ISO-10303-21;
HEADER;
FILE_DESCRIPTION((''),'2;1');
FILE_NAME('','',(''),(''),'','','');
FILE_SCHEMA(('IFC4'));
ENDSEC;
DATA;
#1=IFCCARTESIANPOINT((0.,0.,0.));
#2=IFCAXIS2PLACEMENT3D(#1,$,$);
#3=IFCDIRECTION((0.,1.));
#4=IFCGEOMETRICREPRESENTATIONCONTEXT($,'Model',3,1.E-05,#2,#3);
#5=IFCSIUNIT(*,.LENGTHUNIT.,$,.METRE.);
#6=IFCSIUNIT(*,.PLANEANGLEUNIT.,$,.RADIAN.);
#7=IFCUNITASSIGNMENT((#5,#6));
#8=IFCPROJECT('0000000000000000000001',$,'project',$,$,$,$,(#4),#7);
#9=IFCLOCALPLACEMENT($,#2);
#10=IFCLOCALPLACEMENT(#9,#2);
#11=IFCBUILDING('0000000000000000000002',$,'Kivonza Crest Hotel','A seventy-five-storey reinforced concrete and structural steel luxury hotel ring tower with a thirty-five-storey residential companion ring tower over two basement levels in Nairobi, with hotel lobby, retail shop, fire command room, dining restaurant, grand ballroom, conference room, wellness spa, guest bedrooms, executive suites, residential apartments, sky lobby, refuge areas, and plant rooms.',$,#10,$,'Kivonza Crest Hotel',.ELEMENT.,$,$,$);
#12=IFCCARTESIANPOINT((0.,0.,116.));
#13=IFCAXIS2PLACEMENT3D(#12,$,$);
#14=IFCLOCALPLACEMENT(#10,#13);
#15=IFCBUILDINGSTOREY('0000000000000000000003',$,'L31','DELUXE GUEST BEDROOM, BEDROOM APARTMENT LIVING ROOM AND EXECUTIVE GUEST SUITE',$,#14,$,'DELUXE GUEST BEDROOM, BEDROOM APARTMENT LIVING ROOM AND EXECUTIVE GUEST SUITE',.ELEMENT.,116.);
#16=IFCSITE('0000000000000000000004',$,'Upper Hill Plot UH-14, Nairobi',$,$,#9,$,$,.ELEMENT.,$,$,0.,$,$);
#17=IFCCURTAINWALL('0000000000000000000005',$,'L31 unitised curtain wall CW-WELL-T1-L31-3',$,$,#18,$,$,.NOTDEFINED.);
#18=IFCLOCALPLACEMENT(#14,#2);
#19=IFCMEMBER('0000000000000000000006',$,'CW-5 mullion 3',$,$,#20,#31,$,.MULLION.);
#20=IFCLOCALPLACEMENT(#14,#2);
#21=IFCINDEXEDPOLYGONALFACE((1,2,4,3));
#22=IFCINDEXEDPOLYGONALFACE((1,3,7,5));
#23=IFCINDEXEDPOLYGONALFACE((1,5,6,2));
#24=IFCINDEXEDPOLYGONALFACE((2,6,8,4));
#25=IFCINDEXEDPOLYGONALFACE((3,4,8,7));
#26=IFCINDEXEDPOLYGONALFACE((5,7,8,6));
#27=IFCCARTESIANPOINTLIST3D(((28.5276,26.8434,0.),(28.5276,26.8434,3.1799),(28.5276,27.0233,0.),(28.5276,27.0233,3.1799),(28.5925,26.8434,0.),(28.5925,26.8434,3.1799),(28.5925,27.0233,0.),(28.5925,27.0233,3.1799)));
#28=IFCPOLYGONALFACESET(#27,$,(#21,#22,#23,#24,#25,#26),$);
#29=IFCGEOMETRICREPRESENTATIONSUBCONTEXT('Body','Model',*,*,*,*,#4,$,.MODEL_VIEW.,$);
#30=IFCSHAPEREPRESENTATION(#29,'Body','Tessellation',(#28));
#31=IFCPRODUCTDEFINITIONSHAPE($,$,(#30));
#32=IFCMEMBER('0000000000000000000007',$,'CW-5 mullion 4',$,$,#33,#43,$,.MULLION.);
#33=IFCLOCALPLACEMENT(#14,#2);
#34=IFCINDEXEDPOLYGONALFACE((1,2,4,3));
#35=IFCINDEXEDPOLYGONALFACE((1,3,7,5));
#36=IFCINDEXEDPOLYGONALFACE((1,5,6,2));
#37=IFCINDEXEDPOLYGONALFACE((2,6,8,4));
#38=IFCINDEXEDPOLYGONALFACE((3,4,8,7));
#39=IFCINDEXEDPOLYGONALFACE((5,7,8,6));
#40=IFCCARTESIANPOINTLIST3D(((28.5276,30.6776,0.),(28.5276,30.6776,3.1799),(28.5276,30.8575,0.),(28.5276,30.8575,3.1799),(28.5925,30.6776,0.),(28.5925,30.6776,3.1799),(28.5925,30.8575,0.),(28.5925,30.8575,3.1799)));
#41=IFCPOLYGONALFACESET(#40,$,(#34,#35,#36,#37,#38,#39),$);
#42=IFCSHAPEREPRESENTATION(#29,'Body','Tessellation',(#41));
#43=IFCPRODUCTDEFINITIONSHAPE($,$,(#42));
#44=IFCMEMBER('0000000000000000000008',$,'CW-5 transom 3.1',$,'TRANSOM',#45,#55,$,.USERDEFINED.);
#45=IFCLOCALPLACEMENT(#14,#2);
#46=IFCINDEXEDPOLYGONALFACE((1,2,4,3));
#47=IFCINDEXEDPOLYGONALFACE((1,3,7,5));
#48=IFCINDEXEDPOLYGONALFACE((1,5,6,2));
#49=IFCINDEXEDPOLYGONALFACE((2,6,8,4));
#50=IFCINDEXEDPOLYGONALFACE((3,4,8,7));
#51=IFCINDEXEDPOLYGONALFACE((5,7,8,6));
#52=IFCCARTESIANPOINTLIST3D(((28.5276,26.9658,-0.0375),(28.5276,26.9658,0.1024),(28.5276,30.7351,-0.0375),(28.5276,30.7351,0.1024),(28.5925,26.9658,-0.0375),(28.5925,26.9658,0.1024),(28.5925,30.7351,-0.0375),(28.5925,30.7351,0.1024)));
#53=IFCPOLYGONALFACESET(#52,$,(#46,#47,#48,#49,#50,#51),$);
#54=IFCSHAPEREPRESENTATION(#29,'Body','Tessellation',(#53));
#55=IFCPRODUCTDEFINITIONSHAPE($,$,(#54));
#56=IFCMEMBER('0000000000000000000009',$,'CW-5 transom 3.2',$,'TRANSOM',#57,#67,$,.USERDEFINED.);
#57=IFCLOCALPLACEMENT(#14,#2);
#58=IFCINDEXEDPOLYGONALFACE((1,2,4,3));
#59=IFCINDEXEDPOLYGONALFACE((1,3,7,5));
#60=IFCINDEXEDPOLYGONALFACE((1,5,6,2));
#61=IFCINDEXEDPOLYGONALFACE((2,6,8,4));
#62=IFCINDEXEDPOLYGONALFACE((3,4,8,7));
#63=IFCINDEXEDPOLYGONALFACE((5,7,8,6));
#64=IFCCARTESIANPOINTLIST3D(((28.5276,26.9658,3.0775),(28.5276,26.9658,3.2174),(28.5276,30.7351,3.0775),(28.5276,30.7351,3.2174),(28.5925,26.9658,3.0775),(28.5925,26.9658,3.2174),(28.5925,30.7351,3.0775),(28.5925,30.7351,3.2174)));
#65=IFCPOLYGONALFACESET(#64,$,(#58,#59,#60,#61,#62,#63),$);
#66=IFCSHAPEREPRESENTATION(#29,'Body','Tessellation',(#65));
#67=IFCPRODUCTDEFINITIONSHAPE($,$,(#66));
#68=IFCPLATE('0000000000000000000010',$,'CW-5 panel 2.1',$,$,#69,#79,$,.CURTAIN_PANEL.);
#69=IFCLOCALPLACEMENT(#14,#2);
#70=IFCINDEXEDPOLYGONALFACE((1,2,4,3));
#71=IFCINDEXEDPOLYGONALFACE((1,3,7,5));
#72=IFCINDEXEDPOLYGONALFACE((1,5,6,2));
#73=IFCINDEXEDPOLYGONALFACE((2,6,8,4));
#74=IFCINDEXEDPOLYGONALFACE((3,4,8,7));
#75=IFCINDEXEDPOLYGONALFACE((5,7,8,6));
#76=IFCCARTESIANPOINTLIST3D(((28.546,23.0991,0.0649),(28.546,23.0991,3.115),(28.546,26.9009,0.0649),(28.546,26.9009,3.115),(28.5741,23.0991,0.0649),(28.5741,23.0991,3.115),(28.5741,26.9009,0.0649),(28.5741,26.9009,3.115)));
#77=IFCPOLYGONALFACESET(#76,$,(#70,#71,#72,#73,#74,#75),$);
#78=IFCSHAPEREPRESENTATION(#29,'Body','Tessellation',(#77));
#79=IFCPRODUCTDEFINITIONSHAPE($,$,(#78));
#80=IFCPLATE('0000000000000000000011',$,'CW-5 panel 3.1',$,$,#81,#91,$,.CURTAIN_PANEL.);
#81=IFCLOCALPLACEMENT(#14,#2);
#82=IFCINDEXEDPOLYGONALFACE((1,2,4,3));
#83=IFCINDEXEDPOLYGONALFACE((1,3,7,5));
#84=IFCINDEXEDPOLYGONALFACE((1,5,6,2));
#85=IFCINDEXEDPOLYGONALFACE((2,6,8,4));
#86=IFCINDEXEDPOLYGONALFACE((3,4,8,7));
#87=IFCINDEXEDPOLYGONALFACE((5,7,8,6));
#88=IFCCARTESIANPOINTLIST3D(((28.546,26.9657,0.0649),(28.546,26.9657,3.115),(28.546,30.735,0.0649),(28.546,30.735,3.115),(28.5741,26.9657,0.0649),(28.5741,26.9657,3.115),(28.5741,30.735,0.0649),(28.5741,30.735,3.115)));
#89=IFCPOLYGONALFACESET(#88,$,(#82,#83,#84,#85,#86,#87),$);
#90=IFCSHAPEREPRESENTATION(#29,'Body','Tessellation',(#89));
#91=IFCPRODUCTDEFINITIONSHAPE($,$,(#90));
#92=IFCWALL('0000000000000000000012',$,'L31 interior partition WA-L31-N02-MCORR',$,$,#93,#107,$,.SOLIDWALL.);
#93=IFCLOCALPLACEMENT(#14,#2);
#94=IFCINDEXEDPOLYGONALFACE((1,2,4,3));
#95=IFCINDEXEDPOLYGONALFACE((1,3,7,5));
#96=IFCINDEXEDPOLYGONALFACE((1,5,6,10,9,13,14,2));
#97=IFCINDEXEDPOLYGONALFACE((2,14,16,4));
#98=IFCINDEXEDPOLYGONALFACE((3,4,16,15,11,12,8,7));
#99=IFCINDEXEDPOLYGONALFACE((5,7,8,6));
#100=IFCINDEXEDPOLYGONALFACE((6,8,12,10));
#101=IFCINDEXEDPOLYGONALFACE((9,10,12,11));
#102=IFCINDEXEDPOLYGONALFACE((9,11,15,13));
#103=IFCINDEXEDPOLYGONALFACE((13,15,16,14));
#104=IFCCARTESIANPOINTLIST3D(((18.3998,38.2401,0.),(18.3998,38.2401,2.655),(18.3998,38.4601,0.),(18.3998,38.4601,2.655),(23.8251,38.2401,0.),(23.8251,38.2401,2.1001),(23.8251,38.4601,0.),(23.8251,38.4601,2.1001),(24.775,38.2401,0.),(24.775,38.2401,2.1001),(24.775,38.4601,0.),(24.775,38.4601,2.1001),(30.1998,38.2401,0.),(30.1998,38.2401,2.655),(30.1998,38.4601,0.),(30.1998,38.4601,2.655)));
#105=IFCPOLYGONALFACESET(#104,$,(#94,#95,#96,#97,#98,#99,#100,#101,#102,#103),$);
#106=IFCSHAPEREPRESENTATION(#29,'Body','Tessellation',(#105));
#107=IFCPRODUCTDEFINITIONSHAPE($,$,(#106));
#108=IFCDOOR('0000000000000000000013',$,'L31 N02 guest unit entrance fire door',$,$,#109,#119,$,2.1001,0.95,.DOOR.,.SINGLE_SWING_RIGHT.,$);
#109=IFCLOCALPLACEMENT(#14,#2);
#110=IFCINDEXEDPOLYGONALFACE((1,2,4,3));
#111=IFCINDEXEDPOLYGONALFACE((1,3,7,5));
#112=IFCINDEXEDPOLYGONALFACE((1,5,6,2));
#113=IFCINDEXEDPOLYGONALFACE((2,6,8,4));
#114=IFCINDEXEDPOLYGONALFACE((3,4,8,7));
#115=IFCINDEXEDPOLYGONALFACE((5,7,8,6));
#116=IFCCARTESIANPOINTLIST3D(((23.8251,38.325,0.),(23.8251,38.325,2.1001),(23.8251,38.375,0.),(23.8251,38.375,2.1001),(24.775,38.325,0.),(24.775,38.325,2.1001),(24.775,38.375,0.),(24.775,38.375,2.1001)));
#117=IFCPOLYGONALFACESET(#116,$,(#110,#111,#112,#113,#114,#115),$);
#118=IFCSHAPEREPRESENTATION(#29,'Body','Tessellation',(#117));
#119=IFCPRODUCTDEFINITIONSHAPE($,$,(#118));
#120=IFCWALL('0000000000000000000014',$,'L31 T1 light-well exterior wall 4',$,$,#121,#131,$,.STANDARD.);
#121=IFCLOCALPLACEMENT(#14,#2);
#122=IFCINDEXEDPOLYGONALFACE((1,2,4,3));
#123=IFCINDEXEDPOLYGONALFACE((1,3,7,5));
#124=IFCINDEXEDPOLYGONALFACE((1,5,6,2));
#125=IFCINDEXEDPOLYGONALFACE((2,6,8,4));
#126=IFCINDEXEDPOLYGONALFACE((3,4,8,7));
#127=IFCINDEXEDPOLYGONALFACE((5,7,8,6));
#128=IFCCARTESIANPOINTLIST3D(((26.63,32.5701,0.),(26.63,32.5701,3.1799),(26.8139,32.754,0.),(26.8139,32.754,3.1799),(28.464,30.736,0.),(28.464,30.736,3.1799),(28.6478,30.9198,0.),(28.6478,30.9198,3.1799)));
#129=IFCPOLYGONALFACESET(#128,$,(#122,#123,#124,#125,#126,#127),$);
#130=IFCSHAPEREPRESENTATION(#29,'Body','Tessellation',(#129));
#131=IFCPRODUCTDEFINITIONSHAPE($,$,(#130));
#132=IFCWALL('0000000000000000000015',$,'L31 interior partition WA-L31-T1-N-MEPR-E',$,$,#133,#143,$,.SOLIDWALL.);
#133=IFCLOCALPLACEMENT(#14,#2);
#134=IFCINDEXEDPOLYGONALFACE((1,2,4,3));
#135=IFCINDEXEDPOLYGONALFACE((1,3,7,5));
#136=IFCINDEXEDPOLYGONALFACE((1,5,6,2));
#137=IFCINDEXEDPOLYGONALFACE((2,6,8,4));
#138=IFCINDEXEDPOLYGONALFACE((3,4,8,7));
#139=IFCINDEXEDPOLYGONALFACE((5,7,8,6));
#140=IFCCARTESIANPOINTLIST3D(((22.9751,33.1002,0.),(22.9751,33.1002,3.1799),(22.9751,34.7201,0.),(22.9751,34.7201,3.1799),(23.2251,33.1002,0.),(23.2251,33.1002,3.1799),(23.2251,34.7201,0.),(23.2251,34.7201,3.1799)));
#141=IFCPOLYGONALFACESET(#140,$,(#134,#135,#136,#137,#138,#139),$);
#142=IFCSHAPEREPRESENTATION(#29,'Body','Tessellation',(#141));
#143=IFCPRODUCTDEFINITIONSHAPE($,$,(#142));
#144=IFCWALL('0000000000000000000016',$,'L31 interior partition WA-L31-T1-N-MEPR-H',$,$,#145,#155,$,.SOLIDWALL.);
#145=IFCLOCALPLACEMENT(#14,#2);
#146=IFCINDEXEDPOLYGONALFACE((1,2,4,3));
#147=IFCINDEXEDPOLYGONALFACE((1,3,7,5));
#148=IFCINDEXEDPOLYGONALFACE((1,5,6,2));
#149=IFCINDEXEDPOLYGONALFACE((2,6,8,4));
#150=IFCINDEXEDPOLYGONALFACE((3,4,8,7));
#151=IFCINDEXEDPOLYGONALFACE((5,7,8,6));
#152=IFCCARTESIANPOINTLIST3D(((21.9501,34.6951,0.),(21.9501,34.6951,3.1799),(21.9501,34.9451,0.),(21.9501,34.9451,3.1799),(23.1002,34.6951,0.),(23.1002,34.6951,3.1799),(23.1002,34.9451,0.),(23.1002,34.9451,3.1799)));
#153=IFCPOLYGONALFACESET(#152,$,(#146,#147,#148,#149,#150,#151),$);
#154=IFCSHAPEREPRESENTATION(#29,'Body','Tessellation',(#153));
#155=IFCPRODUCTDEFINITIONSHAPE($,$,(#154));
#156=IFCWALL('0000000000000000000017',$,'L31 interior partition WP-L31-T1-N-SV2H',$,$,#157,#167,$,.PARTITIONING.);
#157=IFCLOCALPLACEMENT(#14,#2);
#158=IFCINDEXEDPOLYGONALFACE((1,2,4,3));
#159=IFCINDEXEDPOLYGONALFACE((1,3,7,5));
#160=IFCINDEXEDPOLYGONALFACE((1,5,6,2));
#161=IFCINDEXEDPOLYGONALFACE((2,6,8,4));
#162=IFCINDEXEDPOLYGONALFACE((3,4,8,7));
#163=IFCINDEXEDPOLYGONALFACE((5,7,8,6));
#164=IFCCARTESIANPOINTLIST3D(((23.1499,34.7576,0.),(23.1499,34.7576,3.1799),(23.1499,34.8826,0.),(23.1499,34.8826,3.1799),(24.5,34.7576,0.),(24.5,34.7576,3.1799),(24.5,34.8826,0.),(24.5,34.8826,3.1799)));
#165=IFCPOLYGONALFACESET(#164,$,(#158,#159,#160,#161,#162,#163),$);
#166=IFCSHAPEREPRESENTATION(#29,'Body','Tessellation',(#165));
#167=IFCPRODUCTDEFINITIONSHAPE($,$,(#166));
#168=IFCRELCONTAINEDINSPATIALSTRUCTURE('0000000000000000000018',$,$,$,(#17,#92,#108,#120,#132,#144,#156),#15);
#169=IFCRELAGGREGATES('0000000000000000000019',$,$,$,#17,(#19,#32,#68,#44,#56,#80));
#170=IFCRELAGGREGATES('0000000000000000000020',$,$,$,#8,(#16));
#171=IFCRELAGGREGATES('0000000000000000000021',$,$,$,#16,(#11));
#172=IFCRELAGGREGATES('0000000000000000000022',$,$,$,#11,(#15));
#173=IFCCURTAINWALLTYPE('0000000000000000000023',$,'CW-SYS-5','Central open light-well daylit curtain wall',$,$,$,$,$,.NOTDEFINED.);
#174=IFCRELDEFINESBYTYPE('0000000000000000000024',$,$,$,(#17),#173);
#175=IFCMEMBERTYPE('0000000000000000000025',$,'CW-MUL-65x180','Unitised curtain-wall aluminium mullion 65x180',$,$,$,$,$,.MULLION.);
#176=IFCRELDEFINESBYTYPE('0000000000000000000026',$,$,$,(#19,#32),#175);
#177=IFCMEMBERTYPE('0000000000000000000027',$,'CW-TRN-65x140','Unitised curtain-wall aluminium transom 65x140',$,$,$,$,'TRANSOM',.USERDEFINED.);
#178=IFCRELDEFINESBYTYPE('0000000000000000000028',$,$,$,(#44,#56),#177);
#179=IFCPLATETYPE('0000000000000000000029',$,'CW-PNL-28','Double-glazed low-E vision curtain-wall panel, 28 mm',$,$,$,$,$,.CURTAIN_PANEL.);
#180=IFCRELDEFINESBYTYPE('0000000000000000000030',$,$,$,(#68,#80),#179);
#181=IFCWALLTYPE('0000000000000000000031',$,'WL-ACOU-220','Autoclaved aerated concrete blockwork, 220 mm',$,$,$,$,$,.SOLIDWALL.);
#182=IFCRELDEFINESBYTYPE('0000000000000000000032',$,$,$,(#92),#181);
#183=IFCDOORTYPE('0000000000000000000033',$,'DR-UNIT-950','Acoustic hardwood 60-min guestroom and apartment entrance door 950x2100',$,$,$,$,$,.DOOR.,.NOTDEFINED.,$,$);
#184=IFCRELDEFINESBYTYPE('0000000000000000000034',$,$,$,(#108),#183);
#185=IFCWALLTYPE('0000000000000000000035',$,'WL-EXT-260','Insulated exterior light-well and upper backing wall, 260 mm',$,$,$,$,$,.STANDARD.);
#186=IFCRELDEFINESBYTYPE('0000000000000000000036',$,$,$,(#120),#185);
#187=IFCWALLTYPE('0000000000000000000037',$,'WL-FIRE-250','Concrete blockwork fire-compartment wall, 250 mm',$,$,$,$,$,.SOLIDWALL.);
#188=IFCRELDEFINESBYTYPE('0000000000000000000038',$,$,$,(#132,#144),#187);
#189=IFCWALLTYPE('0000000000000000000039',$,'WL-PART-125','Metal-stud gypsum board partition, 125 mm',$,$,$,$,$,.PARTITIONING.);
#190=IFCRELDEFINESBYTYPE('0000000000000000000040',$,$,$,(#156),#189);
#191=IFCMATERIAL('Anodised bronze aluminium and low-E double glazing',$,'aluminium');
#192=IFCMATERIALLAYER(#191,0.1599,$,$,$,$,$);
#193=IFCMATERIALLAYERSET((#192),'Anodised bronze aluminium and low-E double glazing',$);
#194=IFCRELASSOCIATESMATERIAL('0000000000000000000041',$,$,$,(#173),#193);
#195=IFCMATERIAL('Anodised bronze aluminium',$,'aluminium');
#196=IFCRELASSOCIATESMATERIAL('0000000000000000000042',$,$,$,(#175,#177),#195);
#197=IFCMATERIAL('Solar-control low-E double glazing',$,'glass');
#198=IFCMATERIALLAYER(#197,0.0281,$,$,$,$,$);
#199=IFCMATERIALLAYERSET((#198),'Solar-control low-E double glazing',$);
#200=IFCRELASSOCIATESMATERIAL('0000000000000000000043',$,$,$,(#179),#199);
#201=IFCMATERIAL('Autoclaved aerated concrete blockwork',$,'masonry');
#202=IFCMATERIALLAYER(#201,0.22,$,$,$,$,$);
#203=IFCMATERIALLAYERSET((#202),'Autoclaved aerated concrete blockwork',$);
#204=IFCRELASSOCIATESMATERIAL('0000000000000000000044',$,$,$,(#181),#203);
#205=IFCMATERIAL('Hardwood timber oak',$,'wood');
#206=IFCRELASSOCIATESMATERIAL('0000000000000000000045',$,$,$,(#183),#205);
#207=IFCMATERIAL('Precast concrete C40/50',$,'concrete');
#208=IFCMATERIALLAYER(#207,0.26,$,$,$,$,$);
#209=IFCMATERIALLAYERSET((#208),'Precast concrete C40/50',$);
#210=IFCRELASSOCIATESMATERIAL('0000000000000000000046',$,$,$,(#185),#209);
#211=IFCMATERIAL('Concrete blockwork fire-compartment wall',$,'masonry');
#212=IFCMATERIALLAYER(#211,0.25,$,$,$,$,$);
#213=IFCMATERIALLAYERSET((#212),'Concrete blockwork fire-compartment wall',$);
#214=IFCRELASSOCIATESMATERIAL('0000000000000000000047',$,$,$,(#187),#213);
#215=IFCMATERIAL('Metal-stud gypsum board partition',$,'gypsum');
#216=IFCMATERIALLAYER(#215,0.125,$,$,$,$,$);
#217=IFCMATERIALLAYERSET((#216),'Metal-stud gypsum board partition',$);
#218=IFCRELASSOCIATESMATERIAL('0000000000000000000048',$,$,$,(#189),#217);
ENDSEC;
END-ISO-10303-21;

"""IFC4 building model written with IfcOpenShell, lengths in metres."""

from ifc_helpers import new_model, si_unit, direction, frame, frame_2d, origin, origin_2d, place, context, subcontext, project, spatial, rectangle, extrude, material, layer, layer_set, material_profile, profile_set, type_object, element, fill, aggregate, save


model = new_model("IFC4")

# Units and contexts
model_context = context("Model", 3, precision=1e-05, world=origin(), true_north=direction((0.0, 1.0)))
body_context = subcontext(model_context, "Body", "Model", "MODEL_VIEW")
ifc_project = project(units=[si_unit("LENGTHUNIT", "METRE"), si_unit("PLANEANGLEUNIT", "RADIAN")], contexts=[model_context])

# Site, building, storey
site_placement = place(None, origin())
site = spatial("IfcSite", under=ifc_project, at=site_placement, Name="Upper Hill Plot UH-14, Nairobi", CompositionType="ELEMENT", RefElevation=0.0)
building_placement = place(site_placement, origin())
building = spatial("IfcBuilding", under=site, at=building_placement, Name="Kivonza Crest Hotel", Description="A seventy-five-storey reinforced concrete and structural steel luxury hotel ring tower with a thirty-five-storey residential companion ring tower over two basement levels in Nairobi, with hotel lobby, retail shop, fire command room, dining restaurant, grand ballroom, conference room, wellness spa, guest bedrooms, executive suites, residential apartments, sky lobby, refuge areas, and plant rooms.", LongName="Kivonza Crest Hotel", CompositionType="ELEMENT")
storey_placement = place(building_placement, frame((0.0, 0.0, 116.0)))
storey = spatial("IfcBuildingStorey", under=building, at=storey_placement, Name="L31", Description="DELUXE GUEST BEDROOM, BEDROOM APARTMENT LIVING ROOM AND EXECUTIVE GUEST SUITE", LongName="DELUXE GUEST BEDROOM, BEDROOM APARTMENT LIVING ROOM AND EXECUTIVE GUEST SUITE", CompositionType="ELEMENT", Elevation=116.0)

# Curtain wall, members, plates
ifc_material_1 = material(Name="Anodised bronze aluminium and low-E double glazing", Category="aluminium")
ifc_layer_1 = layer(ifc_material_1, 0.1599)
ifc_layer_set_1 = layer_set([ifc_layer_1], Name="Anodised bronze aluminium and low-E double glazing")
curtain_wall_type = type_object("IfcCurtainWallType", Name="CW-SYS-5", Description="Central open light-well daylit curtain wall", PredefinedType="NOTDEFINED", material=ifc_layer_set_1)
curtain_wall_placement = place(storey_placement, origin())
curtain_wall = element("IfcCurtainWall", 1, at=curtain_wall_placement, inside=storey, type_object=curtain_wall_type, Name="L31 unitised curtain wall CW-WELL-T1-L31-3", PredefinedType="NOTDEFINED")
ifc_material_2 = material(Name="Anodised bronze aluminium", Category="aluminium")
ifc_material_profile_1 = material_profile(ifc_material_2, rectangle(XDim=0.0649, YDim=0.1799, at=origin_2d()), Name="CW-M 65x180")
ifc_profile_set_1 = profile_set([ifc_material_profile_1], Name="Anodised bronze aluminium")
member_type_1 = type_object("IfcMemberType", Name="CW-MUL-65x180", Description="Unitised curtain-wall aluminium mullion 65x180", PredefinedType="MULLION", material=ifc_profile_set_1)
member_1_placement = place(storey_placement, frame((28.5601, 26.9333, 0.0), z_axis=(0.0, 0.0, 1.0), x_axis=(-1.0, 0.0, 0.0)))
member_1 = element("IfcMember", 2, at=member_1_placement, type_object=member_type_1, Name="CW-5 mullion 3", PredefinedType="MULLION", context=body_context, shape_type="SweptSolid", body=[
    extrude(rectangle(XDim=0.0649, YDim=0.1799, at=origin_2d()), origin(), (0.0, 0.0, 1.0), 3.1799),
])
member_2_placement = place(storey_placement, frame((28.5601, 30.7676, 0.0), z_axis=(0.0, 0.0, 1.0), x_axis=(-1.0, 0.0, 0.0)))
member_2 = element("IfcMember", 3, at=member_2_placement, type_object=member_type_1, Name="CW-5 mullion 4", PredefinedType="MULLION", context=body_context, shape_type="SweptSolid", body=[
    extrude(rectangle(XDim=0.0649, YDim=0.1799, at=origin_2d()), origin(), (0.0, 0.0, 1.0), 3.1799),
])
ifc_material_profile_2 = material_profile(ifc_material_2, rectangle(XDim=0.0649, YDim=0.1399, at=origin_2d()), Name="CW-T 65x140")
ifc_profile_set_2 = profile_set([ifc_material_profile_2], Name="Anodised bronze aluminium")
member_type_2 = type_object("IfcMemberType", Name="CW-TRN-65x140", Description="Unitised curtain-wall aluminium transom 65x140", ElementType="TRANSOM", PredefinedType="USERDEFINED", material=ifc_profile_set_2)
member_3_placement = place(storey_placement, frame((28.5601, 26.9658, 0.0325), z_axis=(0.0, 1.0, 0.0), x_axis=(-1.0, 0.0, 0.0)))
member_3 = element("IfcMember", 4, at=member_3_placement, type_object=member_type_2, Name="CW-5 transom 3.1", ObjectType="TRANSOM", PredefinedType="USERDEFINED", context=body_context, shape_type="SweptSolid", body=[
    extrude(rectangle(XDim=0.0649, YDim=0.1399, at=origin_2d()), origin(), (0.0, 0.0, 1.0), 3.7693),
])
member_4_placement = place(storey_placement, frame((28.5601, 26.9658, 3.1475), z_axis=(0.0, 1.0, 0.0), x_axis=(-1.0, 0.0, 0.0)))
member_4 = element("IfcMember", 5, at=member_4_placement, type_object=member_type_2, Name="CW-5 transom 3.2", ObjectType="TRANSOM", PredefinedType="USERDEFINED", context=body_context, shape_type="SweptSolid", body=[
    extrude(rectangle(XDim=0.0649, YDim=0.1399, at=origin_2d()), origin(), (0.0, 0.0, 1.0), 3.7693),
])
ifc_material_3 = material(Name="Solar-control low-E double glazing", Category="glass")
ifc_layer_2 = layer(ifc_material_3, 0.0281)
ifc_layer_set_2 = layer_set([ifc_layer_2], Name="Solar-control low-E double glazing")
plate_type = type_object("IfcPlateType", Name="CW-PNL-28", Description="Double-glazed low-E vision curtain-wall panel, 28 mm", PredefinedType="CURTAIN_PANEL", material=ifc_layer_set_2)
plate_1_placement = place(storey_placement, frame((28.5601, 25.0, 0.0649), z_axis=(0.0, 0.0, 1.0), x_axis=(0.0, 1.0, 0.0)))
plate_1 = element("IfcPlate", 6, at=plate_1_placement, type_object=plate_type, Name="CW-5 panel 2.1", PredefinedType="CURTAIN_PANEL", context=body_context, shape_type="SweptSolid", body=[
    extrude(rectangle(XDim=3.8018, YDim=0.0281, at=origin_2d()), origin(), (0.0, 0.0, 1.0), 3.05),
])
plate_2_placement = place(storey_placement, frame((28.5601, 28.8503, 0.0649), z_axis=(0.0, 0.0, 1.0), x_axis=(0.0, 1.0, 0.0)))
plate_2 = element("IfcPlate", 7, at=plate_2_placement, type_object=plate_type, Name="CW-5 panel 3.1", PredefinedType="CURTAIN_PANEL", context=body_context, shape_type="SweptSolid", body=[
    extrude(rectangle(XDim=3.7693, YDim=0.0281, at=origin_2d()), origin(), (0.0, 0.0, 1.0), 3.05),
])
aggregate(curtain_wall, [member_1, member_2, plate_1, member_3, member_4, plate_2])

# Wall, opening, door
ifc_material_4 = material(Name="Autoclaved aerated concrete blockwork", Category="masonry")
ifc_layer_3 = layer(ifc_material_4, 0.22)
ifc_layer_set_3 = layer_set([ifc_layer_3], Name="Autoclaved aerated concrete blockwork")
wall_type_1 = type_object("IfcWallType", Name="WL-ACOU-220", Description="Autoclaved aerated concrete blockwork, 220 mm", PredefinedType="SOLIDWALL", material=ifc_layer_set_3)
wall_1_placement = place(storey_placement, frame((18.3999, 38.3501, 0.0), z_axis=(0.0, 0.0, 1.0), x_axis=(1.0, 0.0, 0.0)))
wall_1 = element("IfcWall", 8, at=wall_1_placement, inside=storey, type_object=wall_type_1, Name="L31 interior partition WA-L31-N02-MCORR", PredefinedType="SOLIDWALL", context=body_context, shape_type="SweptSolid", body=[
    extrude(rectangle(XDim=11.8, YDim=0.22, at=frame_2d((5.8999, 0.0))), origin(), (0.0, 0.0, 1.0), 2.655),
])
opening_1_placement = place(wall_1_placement, frame((5.425, 0.0, 0.0)))
opening_1 = element("IfcOpeningElement", 9, at=opening_1_placement, cuts=wall_1, PredefinedType="OPENING", context=body_context, shape_type="SweptSolid", body=[
    extrude(rectangle(XDim=0.95, YDim=2.1001, at=frame_2d((0.4751, 1.05))), frame((0.0, 0.1201, 0.0), z_axis=(0.0, -1.0, 0.0), x_axis=(1.0, 0.0, 0.0)), (0.0, 0.0, 1.0), 0.24),
])
ifc_material_5 = material(Name="Hardwood timber oak", Category="wood")
door_type_1 = type_object("IfcDoorType", Name="DR-UNIT-950", Description="Acoustic hardwood 60-min guestroom and apartment entrance door 950x2100", OperationType="NOTDEFINED", PredefinedType="DOOR", material=ifc_material_5)
door_1_placement = place(opening_1_placement, origin())
door_1 = element("IfcDoor", 10, at=door_1_placement, inside=storey, type_object=door_type_1, Name="L31 N02 guest unit entrance fire door", OperationType="SINGLE_SWING_RIGHT", OverallHeight=2.1001, OverallWidth=0.95, PredefinedType="DOOR", context=body_context, shape_type="SweptSolid", body=[
    extrude(rectangle(XDim=0.95, YDim=2.1001, at=frame_2d((0.4751, 1.05))), frame((0.0, 0.0249, 0.0), z_axis=(0.0, -1.0, 0.0), x_axis=(1.0, 0.0, 0.0)), (0.0, 0.0, 1.0), 0.05),
])
fill(opening_1, door_1)

# Walls
ifc_material_6 = material(Name="Precast concrete C40/50", Category="concrete")
ifc_layer_4 = layer(ifc_material_6, 0.26)
ifc_layer_set_4 = layer_set([ifc_layer_4], Name="Precast concrete C40/50")
wall_type_2 = type_object("IfcWallType", Name="WL-EXT-260", Description="Insulated exterior light-well and upper backing wall, 260 mm", PredefinedType="STANDARD", material=ifc_layer_set_4)
wall_2_placement = place(storey_placement, frame((28.5559, 30.8279, 0.0), z_axis=(0.0, 0.0, 1.0), x_axis=(-0.70706, 0.707154, 0.0)))
element("IfcWall", 11, at=wall_2_placement, inside=storey, type_object=wall_type_2, Name="L31 T1 light-well exterior wall 4", PredefinedType="STANDARD", context=body_context, shape_type="SweptSolid", body=[
    extrude(rectangle(XDim=2.5938, YDim=0.26, at=frame_2d((1.2969, 0.0))), origin(), (0.0, 0.0, 1.0), 3.1799),
])
ifc_material_7 = material(Name="Concrete blockwork fire-compartment wall", Category="masonry")
ifc_layer_5 = layer(ifc_material_7, 0.25)
ifc_layer_set_5 = layer_set([ifc_layer_5], Name="Concrete blockwork fire-compartment wall")
wall_type_3 = type_object("IfcWallType", Name="WL-FIRE-250", Description="Concrete blockwork fire-compartment wall, 250 mm", PredefinedType="SOLIDWALL", material=ifc_layer_set_5)
wall_3_placement = place(storey_placement, frame((23.1001, 33.1001, 0.0), z_axis=(0.0, 0.0, 1.0), x_axis=(0.0, 1.0, 0.0)))
element("IfcWall", 12, at=wall_3_placement, inside=storey, type_object=wall_type_3, Name="L31 interior partition WA-L31-T1-N-MEPR-E", PredefinedType="SOLIDWALL", context=body_context, shape_type="SweptSolid", body=[
    extrude(rectangle(XDim=1.6199, YDim=0.25, at=frame_2d((0.8101, 0.0))), origin(), (0.0, 0.0, 1.0), 3.1799),
])
wall_4_placement = place(storey_placement, frame((21.95, 34.8201, 0.0), z_axis=(0.0, 0.0, 1.0), x_axis=(1.0, 0.0, 0.0)))
element("IfcWall", 13, at=wall_4_placement, inside=storey, type_object=wall_type_3, Name="L31 interior partition WA-L31-T1-N-MEPR-H", PredefinedType="SOLIDWALL", context=body_context, shape_type="SweptSolid", body=[
    extrude(rectangle(XDim=1.1501, YDim=0.25, at=frame_2d((0.5752, 0.0))), origin(), (0.0, 0.0, 1.0), 3.1799),
])
ifc_material_8 = material(Name="Metal-stud gypsum board partition", Category="gypsum")
ifc_layer_6 = layer(ifc_material_8, 0.125)
ifc_layer_set_6 = layer_set([ifc_layer_6], Name="Metal-stud gypsum board partition")
wall_type_4 = type_object("IfcWallType", Name="WL-PART-125", Description="Metal-stud gypsum board partition, 125 mm", PredefinedType="PARTITIONING", material=ifc_layer_set_6)
wall_5_placement = place(storey_placement, frame((23.1499, 34.8201, 0.0), z_axis=(0.0, 0.0, 1.0), x_axis=(1.0, 0.0, 0.0)))
element("IfcWall", 14, at=wall_5_placement, inside=storey, type_object=wall_type_4, Name="L31 interior partition WP-L31-T1-N-SV2H", PredefinedType="PARTITIONING", context=body_context, shape_type="SweptSolid", body=[
    extrude(rectangle(XDim=1.3501, YDim=0.125, at=frame_2d((0.675, 0.0))), origin(), (0.0, 0.0, 1.0), 3.1799),
])

save(model, "model.ifc")
